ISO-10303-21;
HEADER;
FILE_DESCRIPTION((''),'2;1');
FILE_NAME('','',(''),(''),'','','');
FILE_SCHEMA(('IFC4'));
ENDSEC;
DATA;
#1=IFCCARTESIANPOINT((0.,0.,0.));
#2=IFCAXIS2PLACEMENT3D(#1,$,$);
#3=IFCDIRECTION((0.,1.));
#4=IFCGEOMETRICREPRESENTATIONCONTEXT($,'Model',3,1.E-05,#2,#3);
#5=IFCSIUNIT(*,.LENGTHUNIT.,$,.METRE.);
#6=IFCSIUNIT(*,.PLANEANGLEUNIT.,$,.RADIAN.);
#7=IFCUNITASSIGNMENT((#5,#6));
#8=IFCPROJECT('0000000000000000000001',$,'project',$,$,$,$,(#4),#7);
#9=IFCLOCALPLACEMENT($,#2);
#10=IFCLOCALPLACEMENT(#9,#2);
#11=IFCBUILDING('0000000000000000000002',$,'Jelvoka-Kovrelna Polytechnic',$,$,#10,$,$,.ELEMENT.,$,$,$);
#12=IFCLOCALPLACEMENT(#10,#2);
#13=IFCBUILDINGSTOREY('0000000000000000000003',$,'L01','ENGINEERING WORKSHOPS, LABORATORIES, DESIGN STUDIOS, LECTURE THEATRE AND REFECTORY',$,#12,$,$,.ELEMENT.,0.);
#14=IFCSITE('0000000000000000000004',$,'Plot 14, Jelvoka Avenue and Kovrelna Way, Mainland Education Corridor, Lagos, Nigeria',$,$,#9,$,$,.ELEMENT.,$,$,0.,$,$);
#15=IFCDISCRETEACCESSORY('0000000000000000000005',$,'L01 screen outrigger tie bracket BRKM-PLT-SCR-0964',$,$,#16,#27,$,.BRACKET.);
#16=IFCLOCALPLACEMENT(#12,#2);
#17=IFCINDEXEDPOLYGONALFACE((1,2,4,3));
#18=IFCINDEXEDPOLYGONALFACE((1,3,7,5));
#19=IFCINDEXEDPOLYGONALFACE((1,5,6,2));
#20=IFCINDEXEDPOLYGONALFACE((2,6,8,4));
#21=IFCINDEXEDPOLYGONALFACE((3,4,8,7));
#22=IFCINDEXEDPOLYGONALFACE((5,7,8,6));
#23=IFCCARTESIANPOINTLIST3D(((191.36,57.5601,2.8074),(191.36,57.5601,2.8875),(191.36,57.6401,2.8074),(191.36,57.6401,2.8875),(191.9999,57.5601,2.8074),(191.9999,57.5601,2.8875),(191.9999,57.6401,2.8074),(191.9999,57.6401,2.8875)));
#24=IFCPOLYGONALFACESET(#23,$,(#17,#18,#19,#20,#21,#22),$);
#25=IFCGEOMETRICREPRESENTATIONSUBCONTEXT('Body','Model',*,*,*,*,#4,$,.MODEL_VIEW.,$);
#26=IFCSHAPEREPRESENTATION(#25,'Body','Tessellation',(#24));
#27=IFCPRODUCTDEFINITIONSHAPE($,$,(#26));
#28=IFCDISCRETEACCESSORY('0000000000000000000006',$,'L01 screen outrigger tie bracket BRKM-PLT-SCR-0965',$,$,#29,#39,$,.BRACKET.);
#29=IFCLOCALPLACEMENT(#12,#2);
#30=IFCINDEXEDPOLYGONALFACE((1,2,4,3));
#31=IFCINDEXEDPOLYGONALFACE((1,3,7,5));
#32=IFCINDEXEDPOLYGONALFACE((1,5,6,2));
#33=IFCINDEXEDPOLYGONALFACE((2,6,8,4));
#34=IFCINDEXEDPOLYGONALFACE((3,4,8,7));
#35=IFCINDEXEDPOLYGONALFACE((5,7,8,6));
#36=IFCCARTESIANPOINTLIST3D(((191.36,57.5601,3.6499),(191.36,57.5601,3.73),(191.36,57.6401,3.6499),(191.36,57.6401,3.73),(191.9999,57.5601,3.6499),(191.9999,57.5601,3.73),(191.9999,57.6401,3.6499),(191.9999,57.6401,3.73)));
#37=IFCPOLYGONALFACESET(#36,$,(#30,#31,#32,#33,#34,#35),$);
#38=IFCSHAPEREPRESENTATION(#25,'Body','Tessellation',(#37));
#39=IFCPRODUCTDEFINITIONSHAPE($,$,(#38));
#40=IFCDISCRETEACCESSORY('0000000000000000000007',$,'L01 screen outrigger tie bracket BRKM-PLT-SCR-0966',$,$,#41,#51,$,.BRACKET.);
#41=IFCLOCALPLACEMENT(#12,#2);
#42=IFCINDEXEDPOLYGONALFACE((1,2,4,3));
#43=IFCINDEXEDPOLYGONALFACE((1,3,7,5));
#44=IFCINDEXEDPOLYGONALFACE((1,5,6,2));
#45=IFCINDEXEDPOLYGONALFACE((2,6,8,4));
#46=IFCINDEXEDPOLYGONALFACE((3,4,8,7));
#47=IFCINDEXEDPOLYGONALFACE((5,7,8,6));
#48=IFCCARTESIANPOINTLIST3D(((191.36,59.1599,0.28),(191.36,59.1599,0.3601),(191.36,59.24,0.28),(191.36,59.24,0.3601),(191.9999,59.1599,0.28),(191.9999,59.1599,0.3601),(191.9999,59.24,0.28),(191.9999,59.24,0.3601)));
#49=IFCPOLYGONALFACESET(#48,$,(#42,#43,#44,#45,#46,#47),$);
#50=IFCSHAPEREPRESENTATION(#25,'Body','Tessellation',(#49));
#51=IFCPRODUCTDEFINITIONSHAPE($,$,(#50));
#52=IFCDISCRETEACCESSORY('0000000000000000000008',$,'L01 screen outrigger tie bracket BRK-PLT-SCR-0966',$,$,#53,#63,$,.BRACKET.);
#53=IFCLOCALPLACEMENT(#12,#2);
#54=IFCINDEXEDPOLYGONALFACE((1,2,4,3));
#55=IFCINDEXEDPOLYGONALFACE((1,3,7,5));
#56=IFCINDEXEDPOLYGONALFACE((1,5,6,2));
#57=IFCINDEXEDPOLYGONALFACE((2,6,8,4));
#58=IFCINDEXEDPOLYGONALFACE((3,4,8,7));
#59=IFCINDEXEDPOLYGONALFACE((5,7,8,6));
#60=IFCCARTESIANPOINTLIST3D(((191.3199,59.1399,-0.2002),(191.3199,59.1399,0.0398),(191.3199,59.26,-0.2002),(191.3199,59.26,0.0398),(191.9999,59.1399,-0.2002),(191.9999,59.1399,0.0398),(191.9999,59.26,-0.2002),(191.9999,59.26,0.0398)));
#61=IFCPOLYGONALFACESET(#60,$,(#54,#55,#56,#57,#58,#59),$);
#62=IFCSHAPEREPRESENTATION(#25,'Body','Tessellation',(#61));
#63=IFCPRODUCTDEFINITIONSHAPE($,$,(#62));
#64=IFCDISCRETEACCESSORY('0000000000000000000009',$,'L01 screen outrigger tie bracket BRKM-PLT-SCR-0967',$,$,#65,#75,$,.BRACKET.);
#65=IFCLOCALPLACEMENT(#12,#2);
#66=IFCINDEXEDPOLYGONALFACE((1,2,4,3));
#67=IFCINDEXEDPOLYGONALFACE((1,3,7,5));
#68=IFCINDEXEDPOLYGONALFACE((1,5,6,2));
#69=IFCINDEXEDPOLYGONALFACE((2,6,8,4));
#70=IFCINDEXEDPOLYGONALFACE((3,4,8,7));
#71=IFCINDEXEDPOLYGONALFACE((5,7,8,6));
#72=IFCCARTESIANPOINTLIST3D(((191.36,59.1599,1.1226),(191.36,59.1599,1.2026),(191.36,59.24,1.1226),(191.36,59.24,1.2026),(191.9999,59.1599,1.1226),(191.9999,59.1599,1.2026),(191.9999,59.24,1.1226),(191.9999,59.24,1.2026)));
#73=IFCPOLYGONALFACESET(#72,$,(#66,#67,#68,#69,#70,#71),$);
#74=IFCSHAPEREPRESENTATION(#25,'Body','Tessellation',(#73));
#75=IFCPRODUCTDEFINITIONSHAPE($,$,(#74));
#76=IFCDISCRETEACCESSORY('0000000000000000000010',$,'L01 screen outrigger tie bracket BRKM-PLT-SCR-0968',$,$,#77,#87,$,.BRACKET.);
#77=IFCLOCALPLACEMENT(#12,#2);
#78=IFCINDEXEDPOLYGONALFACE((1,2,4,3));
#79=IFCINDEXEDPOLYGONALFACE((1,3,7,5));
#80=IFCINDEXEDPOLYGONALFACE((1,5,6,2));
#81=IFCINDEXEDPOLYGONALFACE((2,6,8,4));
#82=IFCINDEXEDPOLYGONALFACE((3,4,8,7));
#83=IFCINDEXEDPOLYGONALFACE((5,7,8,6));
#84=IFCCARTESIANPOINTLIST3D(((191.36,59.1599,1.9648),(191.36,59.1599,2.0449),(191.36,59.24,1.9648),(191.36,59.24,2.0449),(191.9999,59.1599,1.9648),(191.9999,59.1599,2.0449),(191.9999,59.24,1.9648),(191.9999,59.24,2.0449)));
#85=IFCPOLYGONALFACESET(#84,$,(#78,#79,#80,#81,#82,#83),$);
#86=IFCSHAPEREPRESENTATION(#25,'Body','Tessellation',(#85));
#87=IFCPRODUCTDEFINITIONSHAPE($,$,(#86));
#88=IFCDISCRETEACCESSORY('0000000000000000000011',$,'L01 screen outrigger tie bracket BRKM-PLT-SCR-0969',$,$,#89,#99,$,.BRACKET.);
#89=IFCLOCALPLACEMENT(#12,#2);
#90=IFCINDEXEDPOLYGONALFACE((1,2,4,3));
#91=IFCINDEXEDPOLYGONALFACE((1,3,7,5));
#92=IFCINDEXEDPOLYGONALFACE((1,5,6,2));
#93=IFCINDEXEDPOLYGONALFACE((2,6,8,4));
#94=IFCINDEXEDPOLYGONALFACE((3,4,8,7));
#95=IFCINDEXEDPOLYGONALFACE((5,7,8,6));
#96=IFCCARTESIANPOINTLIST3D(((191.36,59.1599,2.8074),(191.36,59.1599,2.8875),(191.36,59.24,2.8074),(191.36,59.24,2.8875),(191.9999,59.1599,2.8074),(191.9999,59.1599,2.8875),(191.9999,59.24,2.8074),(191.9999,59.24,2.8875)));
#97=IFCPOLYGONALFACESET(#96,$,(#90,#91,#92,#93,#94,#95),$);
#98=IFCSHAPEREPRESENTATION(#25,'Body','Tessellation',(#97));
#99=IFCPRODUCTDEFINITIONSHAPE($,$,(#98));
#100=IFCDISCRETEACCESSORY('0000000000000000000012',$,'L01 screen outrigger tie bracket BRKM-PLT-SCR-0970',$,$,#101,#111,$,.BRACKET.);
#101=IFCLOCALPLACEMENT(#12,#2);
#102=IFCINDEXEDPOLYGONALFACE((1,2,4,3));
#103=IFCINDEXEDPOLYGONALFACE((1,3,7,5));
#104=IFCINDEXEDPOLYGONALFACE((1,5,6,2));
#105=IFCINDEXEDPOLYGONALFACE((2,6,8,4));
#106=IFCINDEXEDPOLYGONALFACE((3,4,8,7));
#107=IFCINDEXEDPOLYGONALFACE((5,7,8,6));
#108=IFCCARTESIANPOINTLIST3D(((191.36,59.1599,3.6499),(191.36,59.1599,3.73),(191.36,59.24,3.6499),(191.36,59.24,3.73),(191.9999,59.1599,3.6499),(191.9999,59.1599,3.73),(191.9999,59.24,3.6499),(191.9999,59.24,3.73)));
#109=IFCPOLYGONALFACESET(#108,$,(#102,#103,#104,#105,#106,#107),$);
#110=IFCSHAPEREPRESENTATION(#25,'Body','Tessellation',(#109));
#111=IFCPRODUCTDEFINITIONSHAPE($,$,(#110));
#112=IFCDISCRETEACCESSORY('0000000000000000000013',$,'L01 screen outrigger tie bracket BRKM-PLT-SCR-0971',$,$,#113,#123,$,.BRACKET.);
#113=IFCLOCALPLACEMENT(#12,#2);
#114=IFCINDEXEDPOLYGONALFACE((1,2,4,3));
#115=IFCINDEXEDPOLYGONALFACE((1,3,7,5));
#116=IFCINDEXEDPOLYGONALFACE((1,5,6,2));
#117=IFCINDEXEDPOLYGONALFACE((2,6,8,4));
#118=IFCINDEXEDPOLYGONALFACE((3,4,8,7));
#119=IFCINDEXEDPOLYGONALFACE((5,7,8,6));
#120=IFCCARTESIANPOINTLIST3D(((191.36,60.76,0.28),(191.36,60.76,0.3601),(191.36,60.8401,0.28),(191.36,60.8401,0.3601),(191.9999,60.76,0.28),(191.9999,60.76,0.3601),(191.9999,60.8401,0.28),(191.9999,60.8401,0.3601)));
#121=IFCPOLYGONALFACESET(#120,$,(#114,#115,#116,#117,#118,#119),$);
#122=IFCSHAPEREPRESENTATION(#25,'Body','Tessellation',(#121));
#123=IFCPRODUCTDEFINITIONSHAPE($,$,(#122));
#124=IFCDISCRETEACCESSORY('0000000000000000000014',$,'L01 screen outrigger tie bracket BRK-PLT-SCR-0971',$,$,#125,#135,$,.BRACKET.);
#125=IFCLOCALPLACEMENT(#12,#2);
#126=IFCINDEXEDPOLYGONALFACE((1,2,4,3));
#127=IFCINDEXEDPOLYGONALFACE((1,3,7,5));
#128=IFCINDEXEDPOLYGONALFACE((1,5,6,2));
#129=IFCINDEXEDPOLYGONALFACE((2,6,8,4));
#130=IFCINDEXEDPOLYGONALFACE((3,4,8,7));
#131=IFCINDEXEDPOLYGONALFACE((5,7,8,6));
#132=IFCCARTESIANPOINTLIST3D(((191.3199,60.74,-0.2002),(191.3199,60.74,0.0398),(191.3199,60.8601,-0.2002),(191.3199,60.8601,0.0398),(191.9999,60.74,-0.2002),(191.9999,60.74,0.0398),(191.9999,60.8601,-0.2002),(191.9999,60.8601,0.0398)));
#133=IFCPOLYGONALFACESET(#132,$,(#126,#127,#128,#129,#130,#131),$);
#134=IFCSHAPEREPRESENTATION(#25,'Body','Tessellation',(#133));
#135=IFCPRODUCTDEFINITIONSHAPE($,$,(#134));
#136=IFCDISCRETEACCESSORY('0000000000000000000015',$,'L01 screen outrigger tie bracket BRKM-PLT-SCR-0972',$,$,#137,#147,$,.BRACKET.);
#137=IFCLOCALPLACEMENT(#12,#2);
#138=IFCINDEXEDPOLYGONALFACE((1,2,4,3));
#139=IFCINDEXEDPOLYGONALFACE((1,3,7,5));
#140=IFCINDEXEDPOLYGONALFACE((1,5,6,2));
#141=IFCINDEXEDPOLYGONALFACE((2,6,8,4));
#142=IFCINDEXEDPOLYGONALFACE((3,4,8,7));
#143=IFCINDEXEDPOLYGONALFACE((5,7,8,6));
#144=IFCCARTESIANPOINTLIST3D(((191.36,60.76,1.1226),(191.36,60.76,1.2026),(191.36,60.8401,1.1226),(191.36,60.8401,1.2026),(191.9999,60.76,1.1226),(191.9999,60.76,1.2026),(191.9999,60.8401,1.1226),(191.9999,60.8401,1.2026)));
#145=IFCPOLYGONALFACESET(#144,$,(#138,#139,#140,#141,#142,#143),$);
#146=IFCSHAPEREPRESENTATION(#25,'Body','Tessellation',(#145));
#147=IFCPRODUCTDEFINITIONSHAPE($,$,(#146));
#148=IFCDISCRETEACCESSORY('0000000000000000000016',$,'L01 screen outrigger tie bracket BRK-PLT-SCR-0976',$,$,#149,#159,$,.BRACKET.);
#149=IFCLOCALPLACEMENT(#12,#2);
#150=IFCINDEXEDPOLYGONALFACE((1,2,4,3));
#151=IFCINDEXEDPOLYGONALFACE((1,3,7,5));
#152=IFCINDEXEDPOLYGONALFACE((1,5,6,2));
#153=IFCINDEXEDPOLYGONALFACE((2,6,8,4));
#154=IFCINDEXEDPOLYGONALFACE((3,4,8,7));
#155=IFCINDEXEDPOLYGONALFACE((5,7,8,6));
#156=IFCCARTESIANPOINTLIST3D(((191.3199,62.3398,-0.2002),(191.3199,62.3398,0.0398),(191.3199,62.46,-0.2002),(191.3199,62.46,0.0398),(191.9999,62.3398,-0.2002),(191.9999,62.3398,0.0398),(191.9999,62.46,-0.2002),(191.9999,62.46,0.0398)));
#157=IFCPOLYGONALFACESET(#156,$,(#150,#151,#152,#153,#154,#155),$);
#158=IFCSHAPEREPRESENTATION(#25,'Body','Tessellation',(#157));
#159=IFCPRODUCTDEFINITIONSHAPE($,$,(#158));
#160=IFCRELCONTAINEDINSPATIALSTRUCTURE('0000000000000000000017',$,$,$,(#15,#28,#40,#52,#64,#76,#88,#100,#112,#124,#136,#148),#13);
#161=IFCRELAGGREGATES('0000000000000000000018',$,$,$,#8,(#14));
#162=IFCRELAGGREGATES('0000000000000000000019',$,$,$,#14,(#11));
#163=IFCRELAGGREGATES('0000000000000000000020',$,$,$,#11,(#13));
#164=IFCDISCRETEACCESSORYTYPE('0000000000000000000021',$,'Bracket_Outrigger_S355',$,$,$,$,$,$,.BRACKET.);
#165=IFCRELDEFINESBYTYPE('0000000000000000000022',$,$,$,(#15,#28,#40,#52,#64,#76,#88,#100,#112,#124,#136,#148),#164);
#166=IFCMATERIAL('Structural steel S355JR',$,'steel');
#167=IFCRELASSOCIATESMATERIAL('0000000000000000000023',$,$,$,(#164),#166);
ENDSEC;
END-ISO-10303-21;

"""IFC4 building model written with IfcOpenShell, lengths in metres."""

from ifc_helpers import new_model, si_unit, direction, frame, origin, origin_2d, place, context, subcontext, project, spatial, rectangle, extrude, material, type_object, element, save


model = new_model("IFC4")

# Units and contexts
model_context = context("Model", 3, precision=1e-05, world=origin(), true_north=direction((0.0, 1.0)))
body_context = subcontext(model_context, "Body", "Model", "MODEL_VIEW")
ifc_project = project(units=[si_unit("LENGTHUNIT", "METRE"), si_unit("PLANEANGLEUNIT", "RADIAN")], contexts=[model_context])

# Site, building, storey
site_placement = place(None, origin())
site = spatial("IfcSite", under=ifc_project, at=site_placement, Name="Plot 14, Jelvoka Avenue and Kovrelna Way, Mainland Education Corridor, Lagos, Nigeria", CompositionType="ELEMENT", RefElevation=0.0)
building_placement = place(site_placement, origin())
building = spatial("IfcBuilding", under=site, at=building_placement, Name="Jelvoka-Kovrelna Polytechnic", CompositionType="ELEMENT")
storey_placement = place(building_placement, origin())
storey = spatial("IfcBuildingStorey", under=building, at=storey_placement, Name="L01", Description="ENGINEERING WORKSHOPS, LABORATORIES, DESIGN STUDIOS, LECTURE THEATRE AND REFECTORY", CompositionType="ELEMENT", Elevation=0.0)

# Discrete accessories
ifc_material_1 = material(Name="Structural steel S355JR", Category="steel")
discrete_accessory_type = type_object("IfcDiscreteAccessoryType", Name="Bracket_Outrigger_S355", PredefinedType="BRACKET", material=ifc_material_1)
for number, where, z_axis, x_axis, name in (
    (1, (191.6799, 57.6001, 2.8074), (0.0, 0.0, 1.0), (1.0, 0.0, 0.0), "L01 screen outrigger tie bracket BRKM-PLT-SCR-0964"),
    (2, (191.6799, 57.6001, 3.6499), (0.0, 0.0, 1.0), (1.0, 0.0, 0.0), "L01 screen outrigger tie bracket BRKM-PLT-SCR-0965"),
    (3, (191.6799, 59.2, 0.28), (0.0, 0.0, 1.0), (1.0, 0.0, 0.0), "L01 screen outrigger tie bracket BRKM-PLT-SCR-0966"),
):
    element("IfcDiscreteAccessory", number, at=place(storey_placement, frame(where, z_axis=z_axis, x_axis=x_axis)), inside=storey, type_object=discrete_accessory_type, Name=name, PredefinedType="BRACKET", context=body_context, shape_type="SweptSolid", body=[
        extrude(rectangle(XDim=0.6399, YDim=0.0801, at=origin_2d()), origin(), (0.0, 0.0, 1.0), 0.0801),
    ])
discrete_accessory_1_placement = place(storey_placement, frame((191.6599, 59.2, -0.2002), z_axis=(0.0, 0.0, 1.0), x_axis=(1.0, 0.0, 0.0)))
element("IfcDiscreteAccessory", 4, at=discrete_accessory_1_placement, inside=storey, type_object=discrete_accessory_type, Name="L01 screen outrigger tie bracket BRK-PLT-SCR-0966", PredefinedType="BRACKET", context=body_context, shape_type="SweptSolid", body=[
    extrude(rectangle(XDim=0.6799, YDim=0.1201, at=origin_2d()), origin(), (0.0, 0.0, 1.0), 0.24),
])
for number, where, z_axis, x_axis, name in (
    (5, (191.6799, 59.2, 1.1226), (0.0, 0.0, 1.0), (1.0, 0.0, 0.0), "L01 screen outrigger tie bracket BRKM-PLT-SCR-0967"),
    (6, (191.6799, 59.2, 1.9648), (0.0, 0.0, 1.0), (1.0, 0.0, 0.0), "L01 screen outrigger tie bracket BRKM-PLT-SCR-0968"),
    (7, (191.6799, 59.2, 2.8074), (0.0, 0.0, 1.0), (1.0, 0.0, 0.0), "L01 screen outrigger tie bracket BRKM-PLT-SCR-0969"),
    (8, (191.6799, 59.2, 3.6499), (0.0, 0.0, 1.0), (1.0, 0.0, 0.0), "L01 screen outrigger tie bracket BRKM-PLT-SCR-0970"),
    (9, (191.6799, 60.8, 0.28), (0.0, 0.0, 1.0), (1.0, 0.0, 0.0), "L01 screen outrigger tie bracket BRKM-PLT-SCR-0971"),
):
    element("IfcDiscreteAccessory", number, at=place(storey_placement, frame(where, z_axis=z_axis, x_axis=x_axis)), inside=storey, type_object=discrete_accessory_type, Name=name, PredefinedType="BRACKET", context=body_context, shape_type="SweptSolid", body=[
        extrude(rectangle(XDim=0.6399, YDim=0.0801, at=origin_2d()), origin(), (0.0, 0.0, 1.0), 0.0801),
    ])
discrete_accessory_2_placement = place(storey_placement, frame((191.6599, 60.8, -0.2002), z_axis=(0.0, 0.0, 1.0), x_axis=(1.0, 0.0, 0.0)))
element("IfcDiscreteAccessory", 10, at=discrete_accessory_2_placement, inside=storey, type_object=discrete_accessory_type, Name="L01 screen outrigger tie bracket BRK-PLT-SCR-0971", PredefinedType="BRACKET", context=body_context, shape_type="SweptSolid", body=[
    extrude(rectangle(XDim=0.6799, YDim=0.1201, at=origin_2d()), origin(), (0.0, 0.0, 1.0), 0.24),
])
discrete_accessory_3_placement = place(storey_placement, frame((191.6799, 60.8, 1.1226), z_axis=(0.0, 0.0, 1.0), x_axis=(1.0, 0.0, 0.0)))
element("IfcDiscreteAccessory", 11, at=discrete_accessory_3_placement, inside=storey, type_object=discrete_accessory_type, Name="L01 screen outrigger tie bracket BRKM-PLT-SCR-0972", PredefinedType="BRACKET", context=body_context, shape_type="SweptSolid", body=[
    extrude(rectangle(XDim=0.6399, YDim=0.0801, at=origin_2d()), origin(), (0.0, 0.0, 1.0), 0.0801),
])
discrete_accessory_4_placement = place(storey_placement, frame((191.6599, 62.3999, -0.2002), z_axis=(0.0, 0.0, 1.0), x_axis=(1.0, 0.0, 0.0)))
element("IfcDiscreteAccessory", 12, at=discrete_accessory_4_placement, inside=storey, type_object=discrete_accessory_type, Name="L01 screen outrigger tie bracket BRK-PLT-SCR-0976", PredefinedType="BRACKET", context=body_context, shape_type="SweptSolid", body=[
    extrude(rectangle(XDim=0.6799, YDim=0.1201, at=origin_2d()), origin(), (0.0, 0.0, 1.0), 0.24),
])

save(model, "model.ifc")
